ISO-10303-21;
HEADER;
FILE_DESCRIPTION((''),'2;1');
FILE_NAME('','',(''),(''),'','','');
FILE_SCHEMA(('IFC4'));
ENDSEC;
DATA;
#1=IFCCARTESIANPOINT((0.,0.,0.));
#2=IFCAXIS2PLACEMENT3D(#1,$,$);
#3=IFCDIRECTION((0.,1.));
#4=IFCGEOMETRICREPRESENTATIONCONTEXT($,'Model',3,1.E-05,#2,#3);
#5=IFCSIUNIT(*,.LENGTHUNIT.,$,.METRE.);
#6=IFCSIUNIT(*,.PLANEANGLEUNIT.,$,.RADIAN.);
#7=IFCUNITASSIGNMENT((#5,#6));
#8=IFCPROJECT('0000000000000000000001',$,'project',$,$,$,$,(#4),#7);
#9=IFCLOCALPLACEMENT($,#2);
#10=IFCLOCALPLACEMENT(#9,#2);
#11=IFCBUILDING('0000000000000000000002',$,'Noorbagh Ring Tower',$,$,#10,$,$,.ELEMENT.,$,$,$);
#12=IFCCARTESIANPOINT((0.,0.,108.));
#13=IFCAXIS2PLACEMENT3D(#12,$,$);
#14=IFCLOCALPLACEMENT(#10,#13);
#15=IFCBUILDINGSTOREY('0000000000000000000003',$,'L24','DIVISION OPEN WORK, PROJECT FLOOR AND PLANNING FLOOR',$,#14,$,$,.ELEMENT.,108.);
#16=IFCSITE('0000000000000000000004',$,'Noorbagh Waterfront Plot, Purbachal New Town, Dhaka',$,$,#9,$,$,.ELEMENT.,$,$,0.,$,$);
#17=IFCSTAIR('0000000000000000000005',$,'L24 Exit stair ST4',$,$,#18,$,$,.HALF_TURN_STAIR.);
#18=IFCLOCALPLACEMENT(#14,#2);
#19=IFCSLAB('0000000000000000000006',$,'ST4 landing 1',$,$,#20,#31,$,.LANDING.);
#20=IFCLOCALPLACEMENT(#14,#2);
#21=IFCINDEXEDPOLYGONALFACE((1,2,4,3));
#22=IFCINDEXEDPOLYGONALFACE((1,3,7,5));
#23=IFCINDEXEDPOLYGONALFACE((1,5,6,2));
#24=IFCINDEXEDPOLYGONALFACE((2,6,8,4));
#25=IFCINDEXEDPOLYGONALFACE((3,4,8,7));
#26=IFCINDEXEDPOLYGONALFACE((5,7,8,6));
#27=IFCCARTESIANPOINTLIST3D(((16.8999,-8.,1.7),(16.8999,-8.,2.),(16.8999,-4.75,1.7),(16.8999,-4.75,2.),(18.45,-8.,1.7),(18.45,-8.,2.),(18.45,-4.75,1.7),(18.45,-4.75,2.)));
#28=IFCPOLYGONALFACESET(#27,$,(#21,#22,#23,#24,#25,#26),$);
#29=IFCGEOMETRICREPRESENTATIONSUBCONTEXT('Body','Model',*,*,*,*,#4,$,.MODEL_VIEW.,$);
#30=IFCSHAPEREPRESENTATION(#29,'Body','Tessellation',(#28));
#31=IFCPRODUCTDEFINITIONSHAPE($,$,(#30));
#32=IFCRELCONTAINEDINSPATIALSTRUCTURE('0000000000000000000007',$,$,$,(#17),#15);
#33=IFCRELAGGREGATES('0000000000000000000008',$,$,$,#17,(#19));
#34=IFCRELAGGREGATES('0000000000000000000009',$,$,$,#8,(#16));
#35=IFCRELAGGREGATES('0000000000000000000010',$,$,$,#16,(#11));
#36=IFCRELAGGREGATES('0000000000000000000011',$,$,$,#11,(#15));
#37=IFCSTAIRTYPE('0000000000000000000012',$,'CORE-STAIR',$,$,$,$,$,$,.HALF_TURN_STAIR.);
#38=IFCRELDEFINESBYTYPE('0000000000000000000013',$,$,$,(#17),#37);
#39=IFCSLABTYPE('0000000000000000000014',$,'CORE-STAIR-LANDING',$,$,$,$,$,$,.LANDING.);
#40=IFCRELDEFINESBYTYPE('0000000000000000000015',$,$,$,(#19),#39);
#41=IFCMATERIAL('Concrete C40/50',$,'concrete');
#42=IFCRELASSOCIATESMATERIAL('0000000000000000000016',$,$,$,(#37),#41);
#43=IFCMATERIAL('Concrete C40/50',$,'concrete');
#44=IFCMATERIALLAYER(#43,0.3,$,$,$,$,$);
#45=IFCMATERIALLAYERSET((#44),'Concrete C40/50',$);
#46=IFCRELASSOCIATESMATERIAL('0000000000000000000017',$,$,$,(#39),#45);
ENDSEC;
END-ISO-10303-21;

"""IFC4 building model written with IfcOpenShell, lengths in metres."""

from ifc_helpers import new_model, si_unit, direction, frame, origin, place, context, subcontext, project, spatial, polyline, outline, extrude, material, layer, layer_set, type_object, element, aggregate, save


model = new_model("IFC4")

# Units and contexts
model_context = context("Model", 3, precision=1e-05, world=origin(), true_north=direction((0.0, 1.0)))
body_context = subcontext(model_context, "Body", "Model", "MODEL_VIEW")
ifc_project = project(units=[si_unit("LENGTHUNIT", "METRE"), si_unit("PLANEANGLEUNIT", "RADIAN")], contexts=[model_context])

# Site, building, storey
site_placement = place(None, origin())
building_placement = place(site_placement, origin())
storey_placement = place(building_placement, frame((0.0, 0.0, 108.0)))
site = spatial("IfcSite", under=ifc_project, at=site_placement, Name="Noorbagh Waterfront Plot, Purbachal New Town, Dhaka", CompositionType="ELEMENT", RefElevation=0.0)
building = spatial("IfcBuilding", under=site, at=building_placement, Name="Noorbagh Ring Tower", CompositionType="ELEMENT")
storey = spatial("IfcBuildingStorey", under=building, at=storey_placement, Name="L24", Description="DIVISION OPEN WORK, PROJECT FLOOR AND PLANNING FLOOR", CompositionType="ELEMENT", Elevation=108.0)

# Stair, slab
ifc_material_1 = material(Name="Concrete C40/50", Category="concrete")
stair_type = type_object("IfcStairType", Name="CORE-STAIR", PredefinedType="HALF_TURN_STAIR", material=ifc_material_1)
ifc_material_2 = material(Name="Concrete C40/50", Category="concrete")
ifc_layer_1 = layer(ifc_material_2, 0.3)
ifc_layer_set_1 = layer_set([ifc_layer_1], Name="Concrete C40/50")
slab_type = type_object("IfcSlabType", Name="CORE-STAIR-LANDING", PredefinedType="LANDING", material=ifc_layer_set_1)
stair_1_placement = place(storey_placement, origin())
stair_1 = element("IfcStair", 1, at=stair_1_placement, inside=storey, type_object=stair_type, Name="L24 Exit stair ST4", PredefinedType="HALF_TURN_STAIR")
slab_1_placement = place(storey_placement, frame((0.0, 0.0, 1.7)))
slab_1 = element("IfcSlab", 2, at=slab_1_placement, type_object=slab_type, Name="ST4 landing 1", PredefinedType="LANDING", context=body_context, shape_type="SweptSolid", body=[
    extrude(outline(polyline([(18.45, -4.75), (16.8999, -4.75), (16.8999, -8.0), (18.45, -8.0), (18.45, -4.75)])), origin(), (0.0, 0.0, 1.0), 0.3),
])
aggregate(stair_1, [slab_1])

save(model, "model.ifc")
